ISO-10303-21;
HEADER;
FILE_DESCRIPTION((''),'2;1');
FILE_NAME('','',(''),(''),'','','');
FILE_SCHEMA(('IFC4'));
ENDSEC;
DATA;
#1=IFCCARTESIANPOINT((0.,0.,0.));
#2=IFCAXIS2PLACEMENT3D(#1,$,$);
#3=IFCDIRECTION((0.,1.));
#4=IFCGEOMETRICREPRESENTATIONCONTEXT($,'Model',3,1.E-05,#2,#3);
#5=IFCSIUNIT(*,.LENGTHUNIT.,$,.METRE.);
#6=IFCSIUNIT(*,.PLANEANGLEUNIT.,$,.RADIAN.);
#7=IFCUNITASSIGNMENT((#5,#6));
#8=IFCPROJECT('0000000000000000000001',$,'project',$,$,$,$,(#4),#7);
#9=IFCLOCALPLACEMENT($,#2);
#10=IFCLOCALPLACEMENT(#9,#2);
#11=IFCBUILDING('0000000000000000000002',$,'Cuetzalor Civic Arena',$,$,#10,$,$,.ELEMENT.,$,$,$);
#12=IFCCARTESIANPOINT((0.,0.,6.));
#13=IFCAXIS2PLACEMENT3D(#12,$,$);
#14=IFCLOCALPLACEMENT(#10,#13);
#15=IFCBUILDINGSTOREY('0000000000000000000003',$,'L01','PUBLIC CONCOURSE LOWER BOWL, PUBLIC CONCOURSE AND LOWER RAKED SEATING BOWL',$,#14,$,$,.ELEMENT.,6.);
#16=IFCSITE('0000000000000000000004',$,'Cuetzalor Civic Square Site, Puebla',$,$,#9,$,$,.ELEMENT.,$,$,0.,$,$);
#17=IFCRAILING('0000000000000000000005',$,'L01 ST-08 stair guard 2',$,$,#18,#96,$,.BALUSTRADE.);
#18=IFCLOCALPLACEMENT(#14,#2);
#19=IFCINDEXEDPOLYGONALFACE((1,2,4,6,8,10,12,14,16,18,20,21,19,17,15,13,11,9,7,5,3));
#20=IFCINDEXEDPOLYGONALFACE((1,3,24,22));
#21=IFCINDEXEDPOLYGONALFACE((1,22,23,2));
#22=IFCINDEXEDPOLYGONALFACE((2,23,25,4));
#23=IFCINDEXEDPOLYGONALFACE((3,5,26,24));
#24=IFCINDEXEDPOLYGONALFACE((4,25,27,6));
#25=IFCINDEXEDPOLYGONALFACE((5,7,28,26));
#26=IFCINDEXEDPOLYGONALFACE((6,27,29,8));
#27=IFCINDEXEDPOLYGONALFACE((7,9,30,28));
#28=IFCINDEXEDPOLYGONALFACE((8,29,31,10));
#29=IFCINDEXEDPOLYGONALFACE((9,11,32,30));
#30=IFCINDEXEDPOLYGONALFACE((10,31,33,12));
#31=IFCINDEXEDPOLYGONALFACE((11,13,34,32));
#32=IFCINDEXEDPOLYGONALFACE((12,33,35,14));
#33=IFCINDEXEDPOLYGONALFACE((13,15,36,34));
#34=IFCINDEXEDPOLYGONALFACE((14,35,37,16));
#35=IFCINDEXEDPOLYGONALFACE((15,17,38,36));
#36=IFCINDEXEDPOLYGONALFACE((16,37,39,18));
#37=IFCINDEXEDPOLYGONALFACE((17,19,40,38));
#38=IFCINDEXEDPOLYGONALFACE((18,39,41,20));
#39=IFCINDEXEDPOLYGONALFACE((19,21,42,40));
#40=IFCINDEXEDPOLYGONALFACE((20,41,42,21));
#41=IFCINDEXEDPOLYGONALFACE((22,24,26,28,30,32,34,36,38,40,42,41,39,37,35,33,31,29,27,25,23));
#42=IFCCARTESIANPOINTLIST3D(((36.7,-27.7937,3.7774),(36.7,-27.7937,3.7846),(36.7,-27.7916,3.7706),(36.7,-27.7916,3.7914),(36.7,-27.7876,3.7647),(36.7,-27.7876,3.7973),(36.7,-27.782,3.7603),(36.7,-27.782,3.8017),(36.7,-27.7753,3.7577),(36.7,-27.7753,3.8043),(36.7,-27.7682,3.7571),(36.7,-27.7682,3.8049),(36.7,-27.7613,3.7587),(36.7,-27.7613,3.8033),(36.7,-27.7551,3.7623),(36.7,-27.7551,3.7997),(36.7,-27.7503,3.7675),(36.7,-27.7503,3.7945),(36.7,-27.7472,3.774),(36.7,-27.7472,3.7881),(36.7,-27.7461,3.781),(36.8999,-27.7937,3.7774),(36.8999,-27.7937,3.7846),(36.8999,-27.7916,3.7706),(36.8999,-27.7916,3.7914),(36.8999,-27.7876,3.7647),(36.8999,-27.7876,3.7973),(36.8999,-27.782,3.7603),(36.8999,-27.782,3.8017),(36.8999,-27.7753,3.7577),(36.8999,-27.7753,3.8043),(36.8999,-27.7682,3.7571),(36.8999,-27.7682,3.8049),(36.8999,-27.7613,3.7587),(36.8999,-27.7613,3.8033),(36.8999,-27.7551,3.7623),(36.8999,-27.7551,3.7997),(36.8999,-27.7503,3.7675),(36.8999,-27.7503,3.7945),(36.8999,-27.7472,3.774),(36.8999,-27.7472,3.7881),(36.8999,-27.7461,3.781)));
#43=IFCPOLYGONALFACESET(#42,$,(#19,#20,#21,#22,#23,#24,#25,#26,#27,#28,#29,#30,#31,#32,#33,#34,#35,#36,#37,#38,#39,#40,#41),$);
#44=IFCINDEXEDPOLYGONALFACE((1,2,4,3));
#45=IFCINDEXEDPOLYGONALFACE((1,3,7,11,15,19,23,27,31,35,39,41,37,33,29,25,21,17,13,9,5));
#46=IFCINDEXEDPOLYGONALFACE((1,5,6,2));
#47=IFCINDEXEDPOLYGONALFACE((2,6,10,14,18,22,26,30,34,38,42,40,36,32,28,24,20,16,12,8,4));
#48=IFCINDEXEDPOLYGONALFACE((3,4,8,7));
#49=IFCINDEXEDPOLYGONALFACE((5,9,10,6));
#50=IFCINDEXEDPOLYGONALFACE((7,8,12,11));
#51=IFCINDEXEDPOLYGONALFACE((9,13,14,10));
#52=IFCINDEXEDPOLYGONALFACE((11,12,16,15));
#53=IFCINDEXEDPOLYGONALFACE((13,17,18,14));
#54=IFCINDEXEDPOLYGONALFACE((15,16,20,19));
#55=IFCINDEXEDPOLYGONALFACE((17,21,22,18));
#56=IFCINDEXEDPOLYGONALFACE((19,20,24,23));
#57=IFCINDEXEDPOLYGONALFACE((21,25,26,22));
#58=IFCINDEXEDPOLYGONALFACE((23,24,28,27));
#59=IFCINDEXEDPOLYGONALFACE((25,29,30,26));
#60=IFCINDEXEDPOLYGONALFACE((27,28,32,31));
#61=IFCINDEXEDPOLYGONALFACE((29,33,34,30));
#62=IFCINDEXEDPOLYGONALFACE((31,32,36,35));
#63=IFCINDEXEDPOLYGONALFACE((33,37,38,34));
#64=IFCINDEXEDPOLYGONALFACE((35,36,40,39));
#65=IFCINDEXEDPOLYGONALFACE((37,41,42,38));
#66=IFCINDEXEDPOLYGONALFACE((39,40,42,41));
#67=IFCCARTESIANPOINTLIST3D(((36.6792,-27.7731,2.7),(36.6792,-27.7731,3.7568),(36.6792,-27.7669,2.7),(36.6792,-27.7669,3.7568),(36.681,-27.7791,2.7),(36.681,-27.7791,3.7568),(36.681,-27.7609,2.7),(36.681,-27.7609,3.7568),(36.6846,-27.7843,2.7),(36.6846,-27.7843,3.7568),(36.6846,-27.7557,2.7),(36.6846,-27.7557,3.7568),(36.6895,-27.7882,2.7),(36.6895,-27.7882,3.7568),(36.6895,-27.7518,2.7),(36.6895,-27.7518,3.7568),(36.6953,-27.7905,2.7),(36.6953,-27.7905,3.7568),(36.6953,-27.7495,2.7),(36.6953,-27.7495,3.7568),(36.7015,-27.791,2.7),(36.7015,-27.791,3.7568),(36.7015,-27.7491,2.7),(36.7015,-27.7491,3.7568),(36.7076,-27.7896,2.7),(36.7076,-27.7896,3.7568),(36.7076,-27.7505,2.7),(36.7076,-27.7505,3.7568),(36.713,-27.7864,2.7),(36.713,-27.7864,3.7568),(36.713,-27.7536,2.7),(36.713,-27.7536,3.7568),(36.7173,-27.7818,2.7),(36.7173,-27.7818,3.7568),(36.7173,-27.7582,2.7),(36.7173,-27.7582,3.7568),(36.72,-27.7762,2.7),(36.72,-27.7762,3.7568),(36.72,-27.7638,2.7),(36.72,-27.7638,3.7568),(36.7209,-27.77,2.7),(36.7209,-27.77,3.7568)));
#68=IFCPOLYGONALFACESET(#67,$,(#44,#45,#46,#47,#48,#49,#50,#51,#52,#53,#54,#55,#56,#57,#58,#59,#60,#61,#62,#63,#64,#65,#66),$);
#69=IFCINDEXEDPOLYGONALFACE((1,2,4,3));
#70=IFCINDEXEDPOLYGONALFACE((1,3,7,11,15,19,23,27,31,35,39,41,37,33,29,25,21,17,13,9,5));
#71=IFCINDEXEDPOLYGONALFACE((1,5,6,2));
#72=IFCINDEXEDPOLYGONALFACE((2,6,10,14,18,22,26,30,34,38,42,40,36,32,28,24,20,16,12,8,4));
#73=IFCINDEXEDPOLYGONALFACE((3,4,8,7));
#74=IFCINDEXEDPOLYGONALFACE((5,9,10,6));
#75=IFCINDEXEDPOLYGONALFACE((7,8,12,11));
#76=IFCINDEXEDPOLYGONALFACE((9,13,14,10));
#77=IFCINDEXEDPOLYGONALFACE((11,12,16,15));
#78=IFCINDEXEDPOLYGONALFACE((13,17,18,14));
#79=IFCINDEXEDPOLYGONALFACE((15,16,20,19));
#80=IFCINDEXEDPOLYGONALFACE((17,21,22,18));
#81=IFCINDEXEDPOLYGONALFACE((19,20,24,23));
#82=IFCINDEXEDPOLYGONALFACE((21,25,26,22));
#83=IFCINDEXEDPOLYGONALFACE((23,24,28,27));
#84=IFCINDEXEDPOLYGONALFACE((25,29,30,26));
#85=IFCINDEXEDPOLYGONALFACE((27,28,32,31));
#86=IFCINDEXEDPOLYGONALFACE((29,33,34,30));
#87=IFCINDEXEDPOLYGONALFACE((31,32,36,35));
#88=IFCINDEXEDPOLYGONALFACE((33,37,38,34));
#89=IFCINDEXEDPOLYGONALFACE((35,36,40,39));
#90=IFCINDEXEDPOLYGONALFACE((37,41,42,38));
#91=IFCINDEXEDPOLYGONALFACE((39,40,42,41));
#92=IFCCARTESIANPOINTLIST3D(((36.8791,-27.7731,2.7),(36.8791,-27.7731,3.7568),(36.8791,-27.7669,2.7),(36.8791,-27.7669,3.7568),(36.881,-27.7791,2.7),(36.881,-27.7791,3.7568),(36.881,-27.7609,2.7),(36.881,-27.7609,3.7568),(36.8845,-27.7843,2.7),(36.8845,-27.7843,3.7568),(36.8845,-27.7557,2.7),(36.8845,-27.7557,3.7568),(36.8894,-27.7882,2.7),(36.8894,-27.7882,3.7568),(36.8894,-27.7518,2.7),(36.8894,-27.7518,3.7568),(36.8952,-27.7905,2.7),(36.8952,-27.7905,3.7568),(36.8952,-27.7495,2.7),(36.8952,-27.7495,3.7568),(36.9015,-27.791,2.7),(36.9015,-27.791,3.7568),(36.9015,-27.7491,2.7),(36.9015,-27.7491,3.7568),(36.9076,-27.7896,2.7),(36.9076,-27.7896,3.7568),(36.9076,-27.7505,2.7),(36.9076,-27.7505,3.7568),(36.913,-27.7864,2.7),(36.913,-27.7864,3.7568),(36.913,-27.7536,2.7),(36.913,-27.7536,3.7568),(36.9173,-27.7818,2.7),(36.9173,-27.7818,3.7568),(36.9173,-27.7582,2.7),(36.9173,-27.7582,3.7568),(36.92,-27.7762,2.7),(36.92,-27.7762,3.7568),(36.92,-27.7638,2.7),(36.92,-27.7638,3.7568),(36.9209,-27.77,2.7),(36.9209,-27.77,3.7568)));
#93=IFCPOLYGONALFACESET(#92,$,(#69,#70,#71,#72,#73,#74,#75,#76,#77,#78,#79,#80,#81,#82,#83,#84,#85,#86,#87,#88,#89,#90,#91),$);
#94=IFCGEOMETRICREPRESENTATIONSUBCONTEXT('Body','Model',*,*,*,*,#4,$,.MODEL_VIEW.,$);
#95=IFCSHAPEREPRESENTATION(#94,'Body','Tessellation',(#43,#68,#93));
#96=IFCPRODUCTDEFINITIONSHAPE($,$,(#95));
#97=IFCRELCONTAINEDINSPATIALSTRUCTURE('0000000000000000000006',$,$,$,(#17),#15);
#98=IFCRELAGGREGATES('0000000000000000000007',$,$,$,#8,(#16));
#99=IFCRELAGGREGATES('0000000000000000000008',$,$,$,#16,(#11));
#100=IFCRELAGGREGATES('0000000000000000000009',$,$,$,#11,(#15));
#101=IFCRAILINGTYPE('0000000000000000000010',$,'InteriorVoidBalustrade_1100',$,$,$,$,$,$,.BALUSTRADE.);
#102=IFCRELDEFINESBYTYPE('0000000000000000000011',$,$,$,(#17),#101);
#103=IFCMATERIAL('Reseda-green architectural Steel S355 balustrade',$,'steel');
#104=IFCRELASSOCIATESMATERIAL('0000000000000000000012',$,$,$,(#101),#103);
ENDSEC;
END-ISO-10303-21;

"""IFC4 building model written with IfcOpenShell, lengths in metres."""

from ifc_helpers import new_model, si_unit, direction, frame, origin, origin_2d, place, context, subcontext, project, spatial, circle, extrude, material, type_object, element, save


model = new_model("IFC4")

# Units and contexts
model_context = context("Model", 3, precision=1e-05, world=origin(), true_north=direction((0.0, 1.0)))
body_context = subcontext(model_context, "Body", "Model", "MODEL_VIEW")
ifc_project = project(units=[si_unit("LENGTHUNIT", "METRE"), si_unit("PLANEANGLEUNIT", "RADIAN")], contexts=[model_context])

# Site, building, storey
site_placement = place(None, origin())
site = spatial("IfcSite", under=ifc_project, at=site_placement, Name="Cuetzalor Civic Square Site, Puebla", CompositionType="ELEMENT", RefElevation=0.0)
building_placement = place(site_placement, origin())
building = spatial("IfcBuilding", under=site, at=building_placement, Name="Cuetzalor Civic Arena", CompositionType="ELEMENT")
storey_placement = place(building_placement, frame((0.0, 0.0, 6.0)))
storey = spatial("IfcBuildingStorey", under=building, at=storey_placement, Name="L01", Description="PUBLIC CONCOURSE LOWER BOWL, PUBLIC CONCOURSE AND LOWER RAKED SEATING BOWL", CompositionType="ELEMENT", Elevation=6.0)

# Railing
ifc_material_1 = material(Name="Reseda-green architectural Steel S355 balustrade", Category="steel")
railing_type_1 = type_object("IfcRailingType", Name="InteriorVoidBalustrade_1100", PredefinedType="BALUSTRADE", material=ifc_material_1)
railing_1_placement = place(storey_placement, frame((36.7, -27.77, 2.7)))
element("IfcRailing", 1, at=railing_1_placement, inside=storey, type_object=railing_type_1, Name="L01 ST-08 stair guard 2", PredefinedType="BALUSTRADE", context=body_context, shape_type="SweptSolid", body=[
    extrude(circle(Radius=0.0239, at=origin_2d()), frame((0.0, 0.0, 1.0811), z_axis=(1.0, 0.0, 0.0), x_axis=(0.0, 1.0, 0.0)), (0.0, 0.0, 1.0), 0.2),
    extrude(circle(Radius=0.021, at=origin_2d()), origin(), (0.0, 0.0, 1.0), 1.0569),
    extrude(circle(Radius=0.021, at=origin_2d()), frame((0.2, 0.0, 0.0)), (0.0, 0.0, 1.0), 1.0569),
])

save(model, "model.ifc")
